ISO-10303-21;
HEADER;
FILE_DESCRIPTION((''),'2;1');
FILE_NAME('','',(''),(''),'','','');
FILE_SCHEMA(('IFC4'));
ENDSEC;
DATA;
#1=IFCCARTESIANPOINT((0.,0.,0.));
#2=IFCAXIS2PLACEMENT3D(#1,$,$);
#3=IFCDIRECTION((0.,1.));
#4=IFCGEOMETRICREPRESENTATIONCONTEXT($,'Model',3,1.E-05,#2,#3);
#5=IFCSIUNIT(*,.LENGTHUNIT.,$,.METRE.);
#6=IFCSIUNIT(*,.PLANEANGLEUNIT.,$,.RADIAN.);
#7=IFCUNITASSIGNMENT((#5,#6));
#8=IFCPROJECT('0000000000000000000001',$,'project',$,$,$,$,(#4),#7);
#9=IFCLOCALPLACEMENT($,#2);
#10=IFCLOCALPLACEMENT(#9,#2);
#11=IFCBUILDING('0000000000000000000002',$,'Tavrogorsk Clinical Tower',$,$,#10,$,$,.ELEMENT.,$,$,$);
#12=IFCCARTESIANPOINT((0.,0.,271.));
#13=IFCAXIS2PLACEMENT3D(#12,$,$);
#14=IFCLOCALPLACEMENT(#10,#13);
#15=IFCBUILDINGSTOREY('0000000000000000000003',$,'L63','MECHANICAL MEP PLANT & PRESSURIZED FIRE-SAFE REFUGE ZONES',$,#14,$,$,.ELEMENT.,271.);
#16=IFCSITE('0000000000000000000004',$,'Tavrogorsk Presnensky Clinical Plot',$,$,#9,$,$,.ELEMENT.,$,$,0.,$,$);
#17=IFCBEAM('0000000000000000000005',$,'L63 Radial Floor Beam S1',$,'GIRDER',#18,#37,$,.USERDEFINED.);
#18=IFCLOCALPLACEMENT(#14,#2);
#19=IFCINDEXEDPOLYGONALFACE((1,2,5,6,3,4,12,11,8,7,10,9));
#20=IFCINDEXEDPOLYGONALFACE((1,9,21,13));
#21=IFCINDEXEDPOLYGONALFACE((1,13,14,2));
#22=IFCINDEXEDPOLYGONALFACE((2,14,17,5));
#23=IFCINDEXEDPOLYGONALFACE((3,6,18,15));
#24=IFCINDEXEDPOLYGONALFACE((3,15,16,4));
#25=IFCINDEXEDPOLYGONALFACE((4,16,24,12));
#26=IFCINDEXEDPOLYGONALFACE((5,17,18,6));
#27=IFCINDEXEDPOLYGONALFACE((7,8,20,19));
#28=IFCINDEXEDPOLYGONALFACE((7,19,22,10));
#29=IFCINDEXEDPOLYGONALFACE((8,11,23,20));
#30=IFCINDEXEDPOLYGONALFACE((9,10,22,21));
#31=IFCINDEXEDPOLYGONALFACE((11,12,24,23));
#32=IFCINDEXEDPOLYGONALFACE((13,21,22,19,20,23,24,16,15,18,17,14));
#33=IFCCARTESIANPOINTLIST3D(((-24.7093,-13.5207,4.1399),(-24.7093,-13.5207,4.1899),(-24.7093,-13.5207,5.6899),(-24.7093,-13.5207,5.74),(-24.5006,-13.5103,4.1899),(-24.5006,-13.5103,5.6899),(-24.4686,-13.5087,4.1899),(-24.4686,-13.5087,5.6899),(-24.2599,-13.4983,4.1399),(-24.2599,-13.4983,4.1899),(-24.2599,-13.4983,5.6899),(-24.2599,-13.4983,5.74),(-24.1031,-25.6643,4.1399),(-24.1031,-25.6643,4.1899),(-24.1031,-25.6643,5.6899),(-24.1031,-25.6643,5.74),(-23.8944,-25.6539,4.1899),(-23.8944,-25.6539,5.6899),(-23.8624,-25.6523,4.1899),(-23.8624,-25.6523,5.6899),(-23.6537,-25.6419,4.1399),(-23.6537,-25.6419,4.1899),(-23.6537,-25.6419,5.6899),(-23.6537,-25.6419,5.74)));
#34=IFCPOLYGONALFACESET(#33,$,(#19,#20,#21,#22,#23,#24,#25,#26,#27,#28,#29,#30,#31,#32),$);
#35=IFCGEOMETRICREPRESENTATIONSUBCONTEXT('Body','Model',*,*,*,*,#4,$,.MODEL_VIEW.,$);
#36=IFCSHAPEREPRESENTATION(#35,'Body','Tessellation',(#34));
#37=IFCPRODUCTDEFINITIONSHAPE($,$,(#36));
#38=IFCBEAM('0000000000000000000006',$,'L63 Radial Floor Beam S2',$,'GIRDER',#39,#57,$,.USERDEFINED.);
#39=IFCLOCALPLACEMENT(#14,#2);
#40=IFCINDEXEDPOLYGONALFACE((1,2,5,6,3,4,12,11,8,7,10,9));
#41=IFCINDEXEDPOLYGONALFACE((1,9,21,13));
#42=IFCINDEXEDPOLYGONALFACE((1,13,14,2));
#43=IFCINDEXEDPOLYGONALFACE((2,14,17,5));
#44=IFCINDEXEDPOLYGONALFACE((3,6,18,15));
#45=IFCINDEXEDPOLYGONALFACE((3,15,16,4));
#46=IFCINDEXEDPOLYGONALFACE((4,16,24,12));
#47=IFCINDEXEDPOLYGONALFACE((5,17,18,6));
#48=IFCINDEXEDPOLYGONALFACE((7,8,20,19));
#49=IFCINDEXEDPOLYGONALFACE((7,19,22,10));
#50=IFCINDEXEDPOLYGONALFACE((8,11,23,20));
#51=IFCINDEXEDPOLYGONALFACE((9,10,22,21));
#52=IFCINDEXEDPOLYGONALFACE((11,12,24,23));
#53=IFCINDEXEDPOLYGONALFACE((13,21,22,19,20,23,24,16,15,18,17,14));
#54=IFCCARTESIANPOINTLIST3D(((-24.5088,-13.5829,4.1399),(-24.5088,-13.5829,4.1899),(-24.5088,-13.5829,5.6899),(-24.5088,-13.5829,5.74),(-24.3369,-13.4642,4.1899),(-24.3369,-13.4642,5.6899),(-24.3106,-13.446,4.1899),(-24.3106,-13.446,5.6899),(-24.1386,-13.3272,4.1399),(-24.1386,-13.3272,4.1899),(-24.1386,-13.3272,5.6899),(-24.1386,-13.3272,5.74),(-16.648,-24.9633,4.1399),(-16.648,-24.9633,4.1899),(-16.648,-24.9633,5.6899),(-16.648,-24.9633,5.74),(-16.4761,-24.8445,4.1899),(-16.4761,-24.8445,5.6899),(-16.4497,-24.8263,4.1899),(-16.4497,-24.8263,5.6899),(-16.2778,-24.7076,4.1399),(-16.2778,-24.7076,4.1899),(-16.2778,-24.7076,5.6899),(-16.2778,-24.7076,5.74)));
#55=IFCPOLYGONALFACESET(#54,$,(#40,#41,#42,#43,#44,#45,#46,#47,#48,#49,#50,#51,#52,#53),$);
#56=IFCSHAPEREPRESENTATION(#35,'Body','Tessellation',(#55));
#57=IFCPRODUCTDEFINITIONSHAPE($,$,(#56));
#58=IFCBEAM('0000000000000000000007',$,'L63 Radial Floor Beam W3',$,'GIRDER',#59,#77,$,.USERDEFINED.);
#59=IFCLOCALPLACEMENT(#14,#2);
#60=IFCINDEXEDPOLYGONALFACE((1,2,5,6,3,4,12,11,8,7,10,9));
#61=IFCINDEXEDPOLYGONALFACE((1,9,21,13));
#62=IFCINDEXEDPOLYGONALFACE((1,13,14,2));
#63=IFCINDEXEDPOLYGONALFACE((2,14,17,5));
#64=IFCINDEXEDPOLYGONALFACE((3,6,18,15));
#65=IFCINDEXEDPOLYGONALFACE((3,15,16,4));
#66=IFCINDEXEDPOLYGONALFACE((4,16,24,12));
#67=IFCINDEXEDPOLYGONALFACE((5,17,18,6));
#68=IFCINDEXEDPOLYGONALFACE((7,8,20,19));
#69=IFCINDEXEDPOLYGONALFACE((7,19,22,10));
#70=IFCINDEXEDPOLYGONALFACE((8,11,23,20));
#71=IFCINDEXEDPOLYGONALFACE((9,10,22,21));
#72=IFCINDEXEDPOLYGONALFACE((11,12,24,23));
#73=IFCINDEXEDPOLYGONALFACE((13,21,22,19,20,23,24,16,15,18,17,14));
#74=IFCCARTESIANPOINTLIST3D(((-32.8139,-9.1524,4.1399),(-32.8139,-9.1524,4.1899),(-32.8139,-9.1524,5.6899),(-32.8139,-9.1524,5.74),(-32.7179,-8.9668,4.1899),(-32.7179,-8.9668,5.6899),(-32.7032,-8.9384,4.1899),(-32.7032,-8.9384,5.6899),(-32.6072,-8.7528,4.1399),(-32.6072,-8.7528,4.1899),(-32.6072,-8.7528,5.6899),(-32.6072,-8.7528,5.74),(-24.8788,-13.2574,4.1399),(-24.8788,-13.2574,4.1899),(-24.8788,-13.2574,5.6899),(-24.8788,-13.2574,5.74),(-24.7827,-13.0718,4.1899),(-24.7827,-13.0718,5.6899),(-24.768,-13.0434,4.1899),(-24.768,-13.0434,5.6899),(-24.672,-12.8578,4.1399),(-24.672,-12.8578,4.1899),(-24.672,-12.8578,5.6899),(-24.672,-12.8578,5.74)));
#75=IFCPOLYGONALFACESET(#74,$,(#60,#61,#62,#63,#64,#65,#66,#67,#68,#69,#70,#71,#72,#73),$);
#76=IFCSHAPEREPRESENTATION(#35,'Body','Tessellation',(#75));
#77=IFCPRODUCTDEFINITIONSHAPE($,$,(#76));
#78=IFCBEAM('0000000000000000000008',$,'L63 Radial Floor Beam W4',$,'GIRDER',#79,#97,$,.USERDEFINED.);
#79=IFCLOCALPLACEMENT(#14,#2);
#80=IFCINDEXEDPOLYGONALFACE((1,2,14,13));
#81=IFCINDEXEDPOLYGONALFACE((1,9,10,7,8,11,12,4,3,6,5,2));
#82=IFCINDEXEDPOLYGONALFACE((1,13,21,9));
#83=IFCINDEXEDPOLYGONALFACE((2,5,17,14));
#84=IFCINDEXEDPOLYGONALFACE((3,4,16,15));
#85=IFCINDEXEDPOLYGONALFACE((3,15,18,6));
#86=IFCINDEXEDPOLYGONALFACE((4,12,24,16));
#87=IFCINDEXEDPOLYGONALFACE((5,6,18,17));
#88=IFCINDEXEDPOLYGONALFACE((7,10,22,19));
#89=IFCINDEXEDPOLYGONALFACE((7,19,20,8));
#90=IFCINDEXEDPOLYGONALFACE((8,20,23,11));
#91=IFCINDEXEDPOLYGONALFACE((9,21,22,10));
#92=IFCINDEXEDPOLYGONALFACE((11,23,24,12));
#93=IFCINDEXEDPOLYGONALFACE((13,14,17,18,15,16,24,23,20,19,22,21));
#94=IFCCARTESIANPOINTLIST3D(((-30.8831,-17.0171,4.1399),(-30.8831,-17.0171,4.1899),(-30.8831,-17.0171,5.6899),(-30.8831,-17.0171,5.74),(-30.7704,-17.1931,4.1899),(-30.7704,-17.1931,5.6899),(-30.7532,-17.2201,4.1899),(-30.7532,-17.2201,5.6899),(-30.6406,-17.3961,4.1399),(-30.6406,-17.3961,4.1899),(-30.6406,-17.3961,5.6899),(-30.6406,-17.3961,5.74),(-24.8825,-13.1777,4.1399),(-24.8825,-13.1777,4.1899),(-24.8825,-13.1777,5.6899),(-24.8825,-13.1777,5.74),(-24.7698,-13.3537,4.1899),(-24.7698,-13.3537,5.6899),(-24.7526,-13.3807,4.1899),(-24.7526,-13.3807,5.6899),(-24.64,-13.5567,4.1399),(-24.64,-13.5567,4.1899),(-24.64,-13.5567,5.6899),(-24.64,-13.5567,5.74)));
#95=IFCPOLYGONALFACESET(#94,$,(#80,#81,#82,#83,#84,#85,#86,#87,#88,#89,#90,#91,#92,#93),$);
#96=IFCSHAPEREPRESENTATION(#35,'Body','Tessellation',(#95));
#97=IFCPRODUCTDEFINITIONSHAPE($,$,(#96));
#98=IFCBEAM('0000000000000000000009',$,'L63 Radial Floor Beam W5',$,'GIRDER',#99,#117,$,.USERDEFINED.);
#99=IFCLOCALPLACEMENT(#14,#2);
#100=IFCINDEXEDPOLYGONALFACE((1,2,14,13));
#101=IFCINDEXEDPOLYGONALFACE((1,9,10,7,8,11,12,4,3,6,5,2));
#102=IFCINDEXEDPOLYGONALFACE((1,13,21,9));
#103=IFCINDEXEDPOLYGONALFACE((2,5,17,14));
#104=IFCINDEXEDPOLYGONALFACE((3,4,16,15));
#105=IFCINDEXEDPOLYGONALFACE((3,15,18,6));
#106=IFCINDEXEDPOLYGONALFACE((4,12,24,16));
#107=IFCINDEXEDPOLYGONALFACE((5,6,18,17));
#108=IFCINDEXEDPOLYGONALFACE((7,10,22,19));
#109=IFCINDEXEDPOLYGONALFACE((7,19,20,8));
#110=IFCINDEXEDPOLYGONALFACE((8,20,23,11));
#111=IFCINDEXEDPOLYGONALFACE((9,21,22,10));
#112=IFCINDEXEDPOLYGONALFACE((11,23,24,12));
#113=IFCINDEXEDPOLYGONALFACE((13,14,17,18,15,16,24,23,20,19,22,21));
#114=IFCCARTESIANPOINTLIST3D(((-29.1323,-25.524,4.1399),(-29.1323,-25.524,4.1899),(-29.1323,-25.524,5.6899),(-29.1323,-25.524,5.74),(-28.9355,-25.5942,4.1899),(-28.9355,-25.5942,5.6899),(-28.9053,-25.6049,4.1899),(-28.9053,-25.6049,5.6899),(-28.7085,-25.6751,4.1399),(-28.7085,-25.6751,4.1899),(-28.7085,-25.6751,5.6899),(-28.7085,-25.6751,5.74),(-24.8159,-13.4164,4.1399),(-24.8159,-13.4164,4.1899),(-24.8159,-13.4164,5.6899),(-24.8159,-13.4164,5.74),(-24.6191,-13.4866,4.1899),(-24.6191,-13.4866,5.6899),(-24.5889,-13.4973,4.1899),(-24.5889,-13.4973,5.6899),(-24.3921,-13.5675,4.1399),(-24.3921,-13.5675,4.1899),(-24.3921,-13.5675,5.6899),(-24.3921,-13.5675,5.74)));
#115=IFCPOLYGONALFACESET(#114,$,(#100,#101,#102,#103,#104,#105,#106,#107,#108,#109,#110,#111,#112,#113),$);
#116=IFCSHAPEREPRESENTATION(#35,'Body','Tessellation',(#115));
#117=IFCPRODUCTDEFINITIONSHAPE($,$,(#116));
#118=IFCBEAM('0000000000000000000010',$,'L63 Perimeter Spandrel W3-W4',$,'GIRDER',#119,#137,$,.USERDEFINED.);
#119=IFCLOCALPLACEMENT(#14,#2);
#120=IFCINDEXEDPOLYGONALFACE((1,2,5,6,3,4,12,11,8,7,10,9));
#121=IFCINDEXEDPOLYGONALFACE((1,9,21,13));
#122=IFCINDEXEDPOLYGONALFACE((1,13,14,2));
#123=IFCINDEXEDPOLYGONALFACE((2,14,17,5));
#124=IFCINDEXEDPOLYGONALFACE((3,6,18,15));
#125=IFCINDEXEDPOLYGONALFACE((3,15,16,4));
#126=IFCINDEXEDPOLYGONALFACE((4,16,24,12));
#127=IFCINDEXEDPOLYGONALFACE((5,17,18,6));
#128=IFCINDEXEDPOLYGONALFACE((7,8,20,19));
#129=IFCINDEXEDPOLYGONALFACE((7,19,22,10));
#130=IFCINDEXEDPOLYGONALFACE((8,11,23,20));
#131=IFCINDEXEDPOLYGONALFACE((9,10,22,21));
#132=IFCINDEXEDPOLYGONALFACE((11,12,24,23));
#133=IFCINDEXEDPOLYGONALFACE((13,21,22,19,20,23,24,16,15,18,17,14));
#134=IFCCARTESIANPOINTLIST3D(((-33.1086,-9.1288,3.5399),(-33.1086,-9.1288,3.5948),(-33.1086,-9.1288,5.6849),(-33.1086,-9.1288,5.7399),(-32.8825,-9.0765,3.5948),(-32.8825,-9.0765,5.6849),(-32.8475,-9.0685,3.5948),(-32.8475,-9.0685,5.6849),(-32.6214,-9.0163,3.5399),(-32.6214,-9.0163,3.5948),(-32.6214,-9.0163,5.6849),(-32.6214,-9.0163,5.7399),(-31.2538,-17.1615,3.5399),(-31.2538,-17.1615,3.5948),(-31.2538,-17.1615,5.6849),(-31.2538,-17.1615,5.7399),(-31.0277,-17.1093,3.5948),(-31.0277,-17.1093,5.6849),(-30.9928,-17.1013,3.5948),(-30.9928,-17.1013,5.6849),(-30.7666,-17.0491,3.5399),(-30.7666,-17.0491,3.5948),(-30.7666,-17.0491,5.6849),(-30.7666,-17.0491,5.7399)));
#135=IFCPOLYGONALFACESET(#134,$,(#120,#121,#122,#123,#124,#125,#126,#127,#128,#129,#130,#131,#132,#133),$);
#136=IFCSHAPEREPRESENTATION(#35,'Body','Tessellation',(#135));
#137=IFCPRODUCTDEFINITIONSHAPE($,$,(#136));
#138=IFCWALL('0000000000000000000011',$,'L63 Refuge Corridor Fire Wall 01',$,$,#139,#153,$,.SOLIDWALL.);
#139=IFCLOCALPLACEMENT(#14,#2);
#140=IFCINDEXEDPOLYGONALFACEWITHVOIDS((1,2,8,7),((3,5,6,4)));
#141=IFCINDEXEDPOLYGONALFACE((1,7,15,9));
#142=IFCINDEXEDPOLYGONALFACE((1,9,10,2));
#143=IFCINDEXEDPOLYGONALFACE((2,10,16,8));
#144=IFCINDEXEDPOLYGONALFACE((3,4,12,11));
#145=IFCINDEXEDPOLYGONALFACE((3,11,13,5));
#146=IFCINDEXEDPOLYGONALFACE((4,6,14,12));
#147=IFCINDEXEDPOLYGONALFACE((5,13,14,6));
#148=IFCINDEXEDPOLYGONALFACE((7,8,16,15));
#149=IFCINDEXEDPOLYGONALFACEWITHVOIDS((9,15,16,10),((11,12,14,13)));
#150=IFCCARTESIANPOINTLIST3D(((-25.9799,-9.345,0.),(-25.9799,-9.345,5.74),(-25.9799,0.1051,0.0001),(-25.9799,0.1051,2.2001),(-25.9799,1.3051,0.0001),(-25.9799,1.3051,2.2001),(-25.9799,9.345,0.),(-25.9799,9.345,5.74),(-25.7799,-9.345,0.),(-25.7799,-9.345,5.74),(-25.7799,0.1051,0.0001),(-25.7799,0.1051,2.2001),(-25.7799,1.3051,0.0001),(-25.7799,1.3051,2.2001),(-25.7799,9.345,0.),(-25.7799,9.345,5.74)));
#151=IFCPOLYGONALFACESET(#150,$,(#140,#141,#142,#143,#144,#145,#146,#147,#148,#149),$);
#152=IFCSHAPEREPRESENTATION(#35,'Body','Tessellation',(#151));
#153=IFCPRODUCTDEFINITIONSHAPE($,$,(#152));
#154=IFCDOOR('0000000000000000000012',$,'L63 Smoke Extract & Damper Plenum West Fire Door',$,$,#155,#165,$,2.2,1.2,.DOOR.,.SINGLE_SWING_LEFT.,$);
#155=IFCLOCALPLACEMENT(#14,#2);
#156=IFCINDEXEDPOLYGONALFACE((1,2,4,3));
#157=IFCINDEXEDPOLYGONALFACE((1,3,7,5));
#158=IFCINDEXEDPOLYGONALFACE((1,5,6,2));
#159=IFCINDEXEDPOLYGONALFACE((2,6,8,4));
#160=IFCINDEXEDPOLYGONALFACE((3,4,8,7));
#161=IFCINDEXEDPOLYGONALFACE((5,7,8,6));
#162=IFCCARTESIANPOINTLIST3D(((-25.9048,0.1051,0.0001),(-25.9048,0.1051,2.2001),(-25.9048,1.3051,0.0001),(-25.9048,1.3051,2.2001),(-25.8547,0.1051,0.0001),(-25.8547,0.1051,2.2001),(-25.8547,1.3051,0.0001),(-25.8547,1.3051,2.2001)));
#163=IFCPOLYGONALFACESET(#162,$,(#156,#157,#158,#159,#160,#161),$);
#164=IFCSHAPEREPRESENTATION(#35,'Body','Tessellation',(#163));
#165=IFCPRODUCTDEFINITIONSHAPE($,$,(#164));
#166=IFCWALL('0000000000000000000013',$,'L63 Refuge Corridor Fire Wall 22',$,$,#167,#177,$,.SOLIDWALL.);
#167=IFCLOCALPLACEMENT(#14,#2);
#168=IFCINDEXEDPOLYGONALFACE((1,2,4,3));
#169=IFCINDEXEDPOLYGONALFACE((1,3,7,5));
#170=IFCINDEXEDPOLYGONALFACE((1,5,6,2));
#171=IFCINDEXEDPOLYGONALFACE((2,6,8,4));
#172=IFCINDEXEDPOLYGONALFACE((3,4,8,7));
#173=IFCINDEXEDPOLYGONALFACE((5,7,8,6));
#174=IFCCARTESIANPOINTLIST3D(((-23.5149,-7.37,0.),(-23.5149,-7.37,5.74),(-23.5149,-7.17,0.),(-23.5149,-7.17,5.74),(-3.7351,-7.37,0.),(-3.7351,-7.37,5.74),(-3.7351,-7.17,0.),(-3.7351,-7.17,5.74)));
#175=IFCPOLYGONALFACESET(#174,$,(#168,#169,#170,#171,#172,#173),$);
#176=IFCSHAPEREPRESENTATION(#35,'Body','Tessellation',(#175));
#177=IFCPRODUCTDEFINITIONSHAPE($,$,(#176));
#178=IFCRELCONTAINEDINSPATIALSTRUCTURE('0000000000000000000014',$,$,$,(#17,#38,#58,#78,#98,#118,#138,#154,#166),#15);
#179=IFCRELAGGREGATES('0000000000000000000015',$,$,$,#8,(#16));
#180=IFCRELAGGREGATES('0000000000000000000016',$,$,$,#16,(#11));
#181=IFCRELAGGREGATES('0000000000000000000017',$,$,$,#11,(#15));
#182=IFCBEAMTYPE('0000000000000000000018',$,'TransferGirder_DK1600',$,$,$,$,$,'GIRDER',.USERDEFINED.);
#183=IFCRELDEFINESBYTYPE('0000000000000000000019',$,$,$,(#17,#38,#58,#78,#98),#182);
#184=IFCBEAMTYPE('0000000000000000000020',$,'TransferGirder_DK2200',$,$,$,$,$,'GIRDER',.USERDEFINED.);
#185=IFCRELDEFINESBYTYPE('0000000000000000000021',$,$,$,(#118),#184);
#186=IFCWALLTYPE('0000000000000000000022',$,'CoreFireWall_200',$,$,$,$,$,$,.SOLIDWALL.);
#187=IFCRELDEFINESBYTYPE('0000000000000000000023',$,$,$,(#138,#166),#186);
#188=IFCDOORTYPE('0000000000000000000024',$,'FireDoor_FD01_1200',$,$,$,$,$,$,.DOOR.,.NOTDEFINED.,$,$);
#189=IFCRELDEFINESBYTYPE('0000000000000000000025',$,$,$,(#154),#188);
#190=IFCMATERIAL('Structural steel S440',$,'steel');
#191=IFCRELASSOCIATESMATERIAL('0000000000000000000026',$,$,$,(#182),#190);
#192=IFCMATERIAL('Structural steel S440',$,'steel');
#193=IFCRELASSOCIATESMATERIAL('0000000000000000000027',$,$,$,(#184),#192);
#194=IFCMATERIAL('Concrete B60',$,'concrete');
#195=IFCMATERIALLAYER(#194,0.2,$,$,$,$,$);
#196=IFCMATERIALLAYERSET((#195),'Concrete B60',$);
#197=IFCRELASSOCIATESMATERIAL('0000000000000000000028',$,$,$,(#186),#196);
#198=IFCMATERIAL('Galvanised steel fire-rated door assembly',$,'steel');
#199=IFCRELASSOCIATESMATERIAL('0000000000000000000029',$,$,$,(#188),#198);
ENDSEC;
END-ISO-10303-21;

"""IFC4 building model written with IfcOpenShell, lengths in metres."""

from ifc_helpers import new_model, si_unit, direction, frame, frame_2d, origin, origin_2d, place, context, subcontext, project, spatial, rectangle, i_section, extrude, material, layer, layer_set, material_profile, profile_set, type_object, element, fill, save


model = new_model("IFC4")

# Units and contexts
model_context = context("Model", 3, precision=1e-05, world=origin(), true_north=direction((0.0, 1.0)))
body_context = subcontext(model_context, "Body", "Model", "MODEL_VIEW")
ifc_project = project(units=[si_unit("LENGTHUNIT", "METRE"), si_unit("PLANEANGLEUNIT", "RADIAN")], contexts=[model_context])

# Site, building, storey
site_placement = place(None, origin())
site = spatial("IfcSite", under=ifc_project, at=site_placement, Name="Tavrogorsk Presnensky Clinical Plot", CompositionType="ELEMENT", RefElevation=0.0)
building_placement = place(site_placement, origin())
building = spatial("IfcBuilding", under=site, at=building_placement, Name="Tavrogorsk Clinical Tower", CompositionType="ELEMENT")
storey_placement = place(building_placement, frame((0.0, 0.0, 271.0)))
storey = spatial("IfcBuildingStorey", under=building, at=storey_placement, Name="L63", Description="MECHANICAL MEP PLANT & PRESSURIZED FIRE-SAFE REFUGE ZONES", CompositionType="ELEMENT", Elevation=271.0)

# Beams
ifc_material_1 = material(Name="Structural steel S440", Category="steel")
ifc_material_profile_1 = material_profile(ifc_material_1, i_section(OverallWidth=0.45, OverallDepth=1.6001, WebThickness=0.032, FlangeThickness=0.05, at=origin_2d()), Name="DK-1600x450x32x50")
ifc_profile_set_1 = profile_set([ifc_material_profile_1], Name="Structural steel S440")
beam_type_1 = type_object("IfcBeamType", Name="TransferGirder_DK1600", ElementType="GIRDER", PredefinedType="USERDEFINED", material=ifc_profile_set_1)
beam_1_placement = place(storey_placement, frame((-24.4846, -13.5095, 4.9399), z_axis=(0.049857, -0.998756, 0.0), x_axis=(0.998756, 0.049857, 0.0)))
element("IfcBeam", 1, at=beam_1_placement, inside=storey, type_object=beam_type_1, Name="L63 Radial Floor Beam S1", ObjectType="GIRDER", PredefinedType="USERDEFINED", context=body_context, shape_type="SweptSolid", body=[
    extrude(i_section(OverallWidth=0.45, OverallDepth=1.6001, WebThickness=0.032, FlangeThickness=0.05, at=origin_2d()), origin(), (0.0, 0.0, 1.0), 12.1587),
])
beam_2_placement = place(storey_placement, frame((-24.3237, -13.4551, 4.9399), z_axis=(0.568336, -0.822797, 0.0), x_axis=(0.822797, 0.568336, 0.0)))
element("IfcBeam", 2, at=beam_2_placement, inside=storey, type_object=beam_type_1, Name="L63 Radial Floor Beam S2", ObjectType="GIRDER", PredefinedType="USERDEFINED", context=body_context, shape_type="SweptSolid", body=[
    extrude(i_section(OverallWidth=0.45, OverallDepth=1.6001, WebThickness=0.032, FlangeThickness=0.05, at=origin_2d()), origin(), (0.0, 0.0, 1.0), 13.8313),
])
beam_3_placement = place(storey_placement, frame((-24.7754, -13.0576, 4.9399), z_axis=(-0.888188, 0.459479, 0.0), x_axis=(-0.459479, -0.888188, 0.0)))
element("IfcBeam", 3, at=beam_3_placement, inside=storey, type_object=beam_type_1, Name="L63 Radial Floor Beam W3", ObjectType="GIRDER", PredefinedType="USERDEFINED", context=body_context, shape_type="SweptSolid", body=[
    extrude(i_section(OverallWidth=0.45, OverallDepth=1.6001, WebThickness=0.032, FlangeThickness=0.05, at=origin_2d()), origin(), (0.0, 0.0, 1.0), 8.9341),
])
beam_4_placement = place(storey_placement, frame((-24.7612, -13.3672, 4.9399), z_axis=(-0.842332, -0.538958, 0.0), x_axis=(0.538958, -0.842332, 0.0)))
element("IfcBeam", 4, at=beam_4_placement, inside=storey, type_object=beam_type_1, Name="L63 Radial Floor Beam W4", ObjectType="GIRDER", PredefinedType="USERDEFINED", context=body_context, shape_type="SweptSolid", body=[
    extrude(i_section(OverallWidth=0.45, OverallDepth=1.6001, WebThickness=0.032, FlangeThickness=0.05, at=origin_2d()), origin(), (0.0, 0.0, 1.0), 7.1238),
])
beam_5_placement = place(storey_placement, frame((-24.604, -13.4919, 4.9399), z_axis=(-0.335801, -0.941933, 0.0), x_axis=(0.941933, -0.335801, 0.0)))
element("IfcBeam", 5, at=beam_5_placement, inside=storey, type_object=beam_type_1, Name="L63 Radial Floor Beam W5", ObjectType="GIRDER", PredefinedType="USERDEFINED", context=body_context, shape_type="SweptSolid", body=[
    extrude(i_section(OverallWidth=0.45, OverallDepth=1.6001, WebThickness=0.032, FlangeThickness=0.05, at=origin_2d()), origin(), (0.0, 0.0, 1.0), 12.854),
])
ifc_material_2 = material(Name="Structural steel S440", Category="steel")
ifc_material_profile_2 = material_profile(ifc_material_2, i_section(OverallWidth=0.5, OverallDepth=2.2, WebThickness=0.0359, FlangeThickness=0.0549, at=origin_2d()), Name="DK-2200x500x36x55")
ifc_profile_set_2 = profile_set([ifc_material_profile_2], Name="Structural steel S440")
beam_type_2 = type_object("IfcBeamType", Name="TransferGirder_DK2200", ElementType="GIRDER", PredefinedType="USERDEFINED", material=ifc_profile_set_2)
beam_6_placement = place(storey_placement, frame((-32.865, -9.0725, 4.6399), z_axis=(0.224978, -0.974364, 0.0), x_axis=(0.974364, 0.224978, 0.0)))
element("IfcBeam", 6, at=beam_6_placement, inside=storey, type_object=beam_type_2, Name="L63 Perimeter Spandrel W3-W4", ObjectType="GIRDER", PredefinedType="USERDEFINED", context=body_context, shape_type="SweptSolid", body=[
    extrude(i_section(OverallWidth=0.5, OverallDepth=2.2, WebThickness=0.0359, FlangeThickness=0.0549, at=origin_2d()), origin(), (0.0, 0.0, 1.0), 8.2441),
])

# Wall, opening, door
ifc_material_3 = material(Name="Concrete B60", Category="concrete")
ifc_layer_1 = layer(ifc_material_3, 0.2)
ifc_layer_set_1 = layer_set([ifc_layer_1], Name="Concrete B60")
wall_type_1 = type_object("IfcWallType", Name="CoreFireWall_200", PredefinedType="SOLIDWALL", material=ifc_layer_set_1)
wall_1_placement = place(storey_placement, frame((-25.8799, -9.345, 0.0), z_axis=(0.0, 0.0, 1.0), x_axis=(0.0, 1.0, 0.0)))
wall_1 = element("IfcWall", 7, at=wall_1_placement, inside=storey, type_object=wall_type_1, Name="L63 Refuge Corridor Fire Wall 01", PredefinedType="SOLIDWALL", context=body_context, shape_type="SweptSolid", body=[
    extrude(rectangle(XDim=18.6899, YDim=0.2, at=frame_2d((9.345, 0.0))), origin(), (0.0, 0.0, 1.0), 5.74),
])
opening_placement = place(wall_1_placement, frame((9.45, 0.0, 0.0)))
opening = element("IfcOpeningElement", 8, at=opening_placement, cuts=wall_1, PredefinedType="OPENING", context=body_context, shape_type="SweptSolid", body=[
    extrude(rectangle(XDim=1.2, YDim=2.2, at=frame_2d((0.6001, 1.1001))), frame((0.0, 0.1099, 0.0), z_axis=(0.0, -1.0, 0.0), x_axis=(1.0, 0.0, 0.0)), (0.0, 0.0, 1.0), 0.22),
])
ifc_material_4 = material(Name="Galvanised steel fire-rated door assembly", Category="steel")
door_type = type_object("IfcDoorType", Name="FireDoor_FD01_1200", OperationType="NOTDEFINED", PredefinedType="DOOR", material=ifc_material_4)
door_placement = place(opening_placement, origin())
door = element("IfcDoor", 9, at=door_placement, inside=storey, type_object=door_type, Name="L63 Smoke Extract & Damper Plenum West Fire Door", OperationType="SINGLE_SWING_LEFT", OverallHeight=2.2, OverallWidth=1.2, PredefinedType="DOOR", context=body_context, shape_type="SweptSolid", body=[
    extrude(rectangle(XDim=1.2, YDim=2.2, at=frame_2d((0.6001, 1.1001))), frame((0.0, 0.0249, 0.0), z_axis=(0.0, -1.0, 0.0), x_axis=(1.0, 0.0, 0.0)), (0.0, 0.0, 1.0), 0.05),
])
fill(opening, door)

# Wall
wall_2_placement = place(storey_placement, frame((-23.5149, -7.27, 0.0), z_axis=(0.0, 0.0, 1.0), x_axis=(1.0, 0.0, 0.0)))
element("IfcWall", 10, at=wall_2_placement, inside=storey, type_object=wall_type_1, Name="L63 Refuge Corridor Fire Wall 22", PredefinedType="SOLIDWALL", context=body_context, shape_type="SweptSolid", body=[
    extrude(rectangle(XDim=19.7798, YDim=0.2, at=frame_2d((9.8899, 0.0))), origin(), (0.0, 0.0, 1.0), 5.74),
])

save(model, "model.ifc")
